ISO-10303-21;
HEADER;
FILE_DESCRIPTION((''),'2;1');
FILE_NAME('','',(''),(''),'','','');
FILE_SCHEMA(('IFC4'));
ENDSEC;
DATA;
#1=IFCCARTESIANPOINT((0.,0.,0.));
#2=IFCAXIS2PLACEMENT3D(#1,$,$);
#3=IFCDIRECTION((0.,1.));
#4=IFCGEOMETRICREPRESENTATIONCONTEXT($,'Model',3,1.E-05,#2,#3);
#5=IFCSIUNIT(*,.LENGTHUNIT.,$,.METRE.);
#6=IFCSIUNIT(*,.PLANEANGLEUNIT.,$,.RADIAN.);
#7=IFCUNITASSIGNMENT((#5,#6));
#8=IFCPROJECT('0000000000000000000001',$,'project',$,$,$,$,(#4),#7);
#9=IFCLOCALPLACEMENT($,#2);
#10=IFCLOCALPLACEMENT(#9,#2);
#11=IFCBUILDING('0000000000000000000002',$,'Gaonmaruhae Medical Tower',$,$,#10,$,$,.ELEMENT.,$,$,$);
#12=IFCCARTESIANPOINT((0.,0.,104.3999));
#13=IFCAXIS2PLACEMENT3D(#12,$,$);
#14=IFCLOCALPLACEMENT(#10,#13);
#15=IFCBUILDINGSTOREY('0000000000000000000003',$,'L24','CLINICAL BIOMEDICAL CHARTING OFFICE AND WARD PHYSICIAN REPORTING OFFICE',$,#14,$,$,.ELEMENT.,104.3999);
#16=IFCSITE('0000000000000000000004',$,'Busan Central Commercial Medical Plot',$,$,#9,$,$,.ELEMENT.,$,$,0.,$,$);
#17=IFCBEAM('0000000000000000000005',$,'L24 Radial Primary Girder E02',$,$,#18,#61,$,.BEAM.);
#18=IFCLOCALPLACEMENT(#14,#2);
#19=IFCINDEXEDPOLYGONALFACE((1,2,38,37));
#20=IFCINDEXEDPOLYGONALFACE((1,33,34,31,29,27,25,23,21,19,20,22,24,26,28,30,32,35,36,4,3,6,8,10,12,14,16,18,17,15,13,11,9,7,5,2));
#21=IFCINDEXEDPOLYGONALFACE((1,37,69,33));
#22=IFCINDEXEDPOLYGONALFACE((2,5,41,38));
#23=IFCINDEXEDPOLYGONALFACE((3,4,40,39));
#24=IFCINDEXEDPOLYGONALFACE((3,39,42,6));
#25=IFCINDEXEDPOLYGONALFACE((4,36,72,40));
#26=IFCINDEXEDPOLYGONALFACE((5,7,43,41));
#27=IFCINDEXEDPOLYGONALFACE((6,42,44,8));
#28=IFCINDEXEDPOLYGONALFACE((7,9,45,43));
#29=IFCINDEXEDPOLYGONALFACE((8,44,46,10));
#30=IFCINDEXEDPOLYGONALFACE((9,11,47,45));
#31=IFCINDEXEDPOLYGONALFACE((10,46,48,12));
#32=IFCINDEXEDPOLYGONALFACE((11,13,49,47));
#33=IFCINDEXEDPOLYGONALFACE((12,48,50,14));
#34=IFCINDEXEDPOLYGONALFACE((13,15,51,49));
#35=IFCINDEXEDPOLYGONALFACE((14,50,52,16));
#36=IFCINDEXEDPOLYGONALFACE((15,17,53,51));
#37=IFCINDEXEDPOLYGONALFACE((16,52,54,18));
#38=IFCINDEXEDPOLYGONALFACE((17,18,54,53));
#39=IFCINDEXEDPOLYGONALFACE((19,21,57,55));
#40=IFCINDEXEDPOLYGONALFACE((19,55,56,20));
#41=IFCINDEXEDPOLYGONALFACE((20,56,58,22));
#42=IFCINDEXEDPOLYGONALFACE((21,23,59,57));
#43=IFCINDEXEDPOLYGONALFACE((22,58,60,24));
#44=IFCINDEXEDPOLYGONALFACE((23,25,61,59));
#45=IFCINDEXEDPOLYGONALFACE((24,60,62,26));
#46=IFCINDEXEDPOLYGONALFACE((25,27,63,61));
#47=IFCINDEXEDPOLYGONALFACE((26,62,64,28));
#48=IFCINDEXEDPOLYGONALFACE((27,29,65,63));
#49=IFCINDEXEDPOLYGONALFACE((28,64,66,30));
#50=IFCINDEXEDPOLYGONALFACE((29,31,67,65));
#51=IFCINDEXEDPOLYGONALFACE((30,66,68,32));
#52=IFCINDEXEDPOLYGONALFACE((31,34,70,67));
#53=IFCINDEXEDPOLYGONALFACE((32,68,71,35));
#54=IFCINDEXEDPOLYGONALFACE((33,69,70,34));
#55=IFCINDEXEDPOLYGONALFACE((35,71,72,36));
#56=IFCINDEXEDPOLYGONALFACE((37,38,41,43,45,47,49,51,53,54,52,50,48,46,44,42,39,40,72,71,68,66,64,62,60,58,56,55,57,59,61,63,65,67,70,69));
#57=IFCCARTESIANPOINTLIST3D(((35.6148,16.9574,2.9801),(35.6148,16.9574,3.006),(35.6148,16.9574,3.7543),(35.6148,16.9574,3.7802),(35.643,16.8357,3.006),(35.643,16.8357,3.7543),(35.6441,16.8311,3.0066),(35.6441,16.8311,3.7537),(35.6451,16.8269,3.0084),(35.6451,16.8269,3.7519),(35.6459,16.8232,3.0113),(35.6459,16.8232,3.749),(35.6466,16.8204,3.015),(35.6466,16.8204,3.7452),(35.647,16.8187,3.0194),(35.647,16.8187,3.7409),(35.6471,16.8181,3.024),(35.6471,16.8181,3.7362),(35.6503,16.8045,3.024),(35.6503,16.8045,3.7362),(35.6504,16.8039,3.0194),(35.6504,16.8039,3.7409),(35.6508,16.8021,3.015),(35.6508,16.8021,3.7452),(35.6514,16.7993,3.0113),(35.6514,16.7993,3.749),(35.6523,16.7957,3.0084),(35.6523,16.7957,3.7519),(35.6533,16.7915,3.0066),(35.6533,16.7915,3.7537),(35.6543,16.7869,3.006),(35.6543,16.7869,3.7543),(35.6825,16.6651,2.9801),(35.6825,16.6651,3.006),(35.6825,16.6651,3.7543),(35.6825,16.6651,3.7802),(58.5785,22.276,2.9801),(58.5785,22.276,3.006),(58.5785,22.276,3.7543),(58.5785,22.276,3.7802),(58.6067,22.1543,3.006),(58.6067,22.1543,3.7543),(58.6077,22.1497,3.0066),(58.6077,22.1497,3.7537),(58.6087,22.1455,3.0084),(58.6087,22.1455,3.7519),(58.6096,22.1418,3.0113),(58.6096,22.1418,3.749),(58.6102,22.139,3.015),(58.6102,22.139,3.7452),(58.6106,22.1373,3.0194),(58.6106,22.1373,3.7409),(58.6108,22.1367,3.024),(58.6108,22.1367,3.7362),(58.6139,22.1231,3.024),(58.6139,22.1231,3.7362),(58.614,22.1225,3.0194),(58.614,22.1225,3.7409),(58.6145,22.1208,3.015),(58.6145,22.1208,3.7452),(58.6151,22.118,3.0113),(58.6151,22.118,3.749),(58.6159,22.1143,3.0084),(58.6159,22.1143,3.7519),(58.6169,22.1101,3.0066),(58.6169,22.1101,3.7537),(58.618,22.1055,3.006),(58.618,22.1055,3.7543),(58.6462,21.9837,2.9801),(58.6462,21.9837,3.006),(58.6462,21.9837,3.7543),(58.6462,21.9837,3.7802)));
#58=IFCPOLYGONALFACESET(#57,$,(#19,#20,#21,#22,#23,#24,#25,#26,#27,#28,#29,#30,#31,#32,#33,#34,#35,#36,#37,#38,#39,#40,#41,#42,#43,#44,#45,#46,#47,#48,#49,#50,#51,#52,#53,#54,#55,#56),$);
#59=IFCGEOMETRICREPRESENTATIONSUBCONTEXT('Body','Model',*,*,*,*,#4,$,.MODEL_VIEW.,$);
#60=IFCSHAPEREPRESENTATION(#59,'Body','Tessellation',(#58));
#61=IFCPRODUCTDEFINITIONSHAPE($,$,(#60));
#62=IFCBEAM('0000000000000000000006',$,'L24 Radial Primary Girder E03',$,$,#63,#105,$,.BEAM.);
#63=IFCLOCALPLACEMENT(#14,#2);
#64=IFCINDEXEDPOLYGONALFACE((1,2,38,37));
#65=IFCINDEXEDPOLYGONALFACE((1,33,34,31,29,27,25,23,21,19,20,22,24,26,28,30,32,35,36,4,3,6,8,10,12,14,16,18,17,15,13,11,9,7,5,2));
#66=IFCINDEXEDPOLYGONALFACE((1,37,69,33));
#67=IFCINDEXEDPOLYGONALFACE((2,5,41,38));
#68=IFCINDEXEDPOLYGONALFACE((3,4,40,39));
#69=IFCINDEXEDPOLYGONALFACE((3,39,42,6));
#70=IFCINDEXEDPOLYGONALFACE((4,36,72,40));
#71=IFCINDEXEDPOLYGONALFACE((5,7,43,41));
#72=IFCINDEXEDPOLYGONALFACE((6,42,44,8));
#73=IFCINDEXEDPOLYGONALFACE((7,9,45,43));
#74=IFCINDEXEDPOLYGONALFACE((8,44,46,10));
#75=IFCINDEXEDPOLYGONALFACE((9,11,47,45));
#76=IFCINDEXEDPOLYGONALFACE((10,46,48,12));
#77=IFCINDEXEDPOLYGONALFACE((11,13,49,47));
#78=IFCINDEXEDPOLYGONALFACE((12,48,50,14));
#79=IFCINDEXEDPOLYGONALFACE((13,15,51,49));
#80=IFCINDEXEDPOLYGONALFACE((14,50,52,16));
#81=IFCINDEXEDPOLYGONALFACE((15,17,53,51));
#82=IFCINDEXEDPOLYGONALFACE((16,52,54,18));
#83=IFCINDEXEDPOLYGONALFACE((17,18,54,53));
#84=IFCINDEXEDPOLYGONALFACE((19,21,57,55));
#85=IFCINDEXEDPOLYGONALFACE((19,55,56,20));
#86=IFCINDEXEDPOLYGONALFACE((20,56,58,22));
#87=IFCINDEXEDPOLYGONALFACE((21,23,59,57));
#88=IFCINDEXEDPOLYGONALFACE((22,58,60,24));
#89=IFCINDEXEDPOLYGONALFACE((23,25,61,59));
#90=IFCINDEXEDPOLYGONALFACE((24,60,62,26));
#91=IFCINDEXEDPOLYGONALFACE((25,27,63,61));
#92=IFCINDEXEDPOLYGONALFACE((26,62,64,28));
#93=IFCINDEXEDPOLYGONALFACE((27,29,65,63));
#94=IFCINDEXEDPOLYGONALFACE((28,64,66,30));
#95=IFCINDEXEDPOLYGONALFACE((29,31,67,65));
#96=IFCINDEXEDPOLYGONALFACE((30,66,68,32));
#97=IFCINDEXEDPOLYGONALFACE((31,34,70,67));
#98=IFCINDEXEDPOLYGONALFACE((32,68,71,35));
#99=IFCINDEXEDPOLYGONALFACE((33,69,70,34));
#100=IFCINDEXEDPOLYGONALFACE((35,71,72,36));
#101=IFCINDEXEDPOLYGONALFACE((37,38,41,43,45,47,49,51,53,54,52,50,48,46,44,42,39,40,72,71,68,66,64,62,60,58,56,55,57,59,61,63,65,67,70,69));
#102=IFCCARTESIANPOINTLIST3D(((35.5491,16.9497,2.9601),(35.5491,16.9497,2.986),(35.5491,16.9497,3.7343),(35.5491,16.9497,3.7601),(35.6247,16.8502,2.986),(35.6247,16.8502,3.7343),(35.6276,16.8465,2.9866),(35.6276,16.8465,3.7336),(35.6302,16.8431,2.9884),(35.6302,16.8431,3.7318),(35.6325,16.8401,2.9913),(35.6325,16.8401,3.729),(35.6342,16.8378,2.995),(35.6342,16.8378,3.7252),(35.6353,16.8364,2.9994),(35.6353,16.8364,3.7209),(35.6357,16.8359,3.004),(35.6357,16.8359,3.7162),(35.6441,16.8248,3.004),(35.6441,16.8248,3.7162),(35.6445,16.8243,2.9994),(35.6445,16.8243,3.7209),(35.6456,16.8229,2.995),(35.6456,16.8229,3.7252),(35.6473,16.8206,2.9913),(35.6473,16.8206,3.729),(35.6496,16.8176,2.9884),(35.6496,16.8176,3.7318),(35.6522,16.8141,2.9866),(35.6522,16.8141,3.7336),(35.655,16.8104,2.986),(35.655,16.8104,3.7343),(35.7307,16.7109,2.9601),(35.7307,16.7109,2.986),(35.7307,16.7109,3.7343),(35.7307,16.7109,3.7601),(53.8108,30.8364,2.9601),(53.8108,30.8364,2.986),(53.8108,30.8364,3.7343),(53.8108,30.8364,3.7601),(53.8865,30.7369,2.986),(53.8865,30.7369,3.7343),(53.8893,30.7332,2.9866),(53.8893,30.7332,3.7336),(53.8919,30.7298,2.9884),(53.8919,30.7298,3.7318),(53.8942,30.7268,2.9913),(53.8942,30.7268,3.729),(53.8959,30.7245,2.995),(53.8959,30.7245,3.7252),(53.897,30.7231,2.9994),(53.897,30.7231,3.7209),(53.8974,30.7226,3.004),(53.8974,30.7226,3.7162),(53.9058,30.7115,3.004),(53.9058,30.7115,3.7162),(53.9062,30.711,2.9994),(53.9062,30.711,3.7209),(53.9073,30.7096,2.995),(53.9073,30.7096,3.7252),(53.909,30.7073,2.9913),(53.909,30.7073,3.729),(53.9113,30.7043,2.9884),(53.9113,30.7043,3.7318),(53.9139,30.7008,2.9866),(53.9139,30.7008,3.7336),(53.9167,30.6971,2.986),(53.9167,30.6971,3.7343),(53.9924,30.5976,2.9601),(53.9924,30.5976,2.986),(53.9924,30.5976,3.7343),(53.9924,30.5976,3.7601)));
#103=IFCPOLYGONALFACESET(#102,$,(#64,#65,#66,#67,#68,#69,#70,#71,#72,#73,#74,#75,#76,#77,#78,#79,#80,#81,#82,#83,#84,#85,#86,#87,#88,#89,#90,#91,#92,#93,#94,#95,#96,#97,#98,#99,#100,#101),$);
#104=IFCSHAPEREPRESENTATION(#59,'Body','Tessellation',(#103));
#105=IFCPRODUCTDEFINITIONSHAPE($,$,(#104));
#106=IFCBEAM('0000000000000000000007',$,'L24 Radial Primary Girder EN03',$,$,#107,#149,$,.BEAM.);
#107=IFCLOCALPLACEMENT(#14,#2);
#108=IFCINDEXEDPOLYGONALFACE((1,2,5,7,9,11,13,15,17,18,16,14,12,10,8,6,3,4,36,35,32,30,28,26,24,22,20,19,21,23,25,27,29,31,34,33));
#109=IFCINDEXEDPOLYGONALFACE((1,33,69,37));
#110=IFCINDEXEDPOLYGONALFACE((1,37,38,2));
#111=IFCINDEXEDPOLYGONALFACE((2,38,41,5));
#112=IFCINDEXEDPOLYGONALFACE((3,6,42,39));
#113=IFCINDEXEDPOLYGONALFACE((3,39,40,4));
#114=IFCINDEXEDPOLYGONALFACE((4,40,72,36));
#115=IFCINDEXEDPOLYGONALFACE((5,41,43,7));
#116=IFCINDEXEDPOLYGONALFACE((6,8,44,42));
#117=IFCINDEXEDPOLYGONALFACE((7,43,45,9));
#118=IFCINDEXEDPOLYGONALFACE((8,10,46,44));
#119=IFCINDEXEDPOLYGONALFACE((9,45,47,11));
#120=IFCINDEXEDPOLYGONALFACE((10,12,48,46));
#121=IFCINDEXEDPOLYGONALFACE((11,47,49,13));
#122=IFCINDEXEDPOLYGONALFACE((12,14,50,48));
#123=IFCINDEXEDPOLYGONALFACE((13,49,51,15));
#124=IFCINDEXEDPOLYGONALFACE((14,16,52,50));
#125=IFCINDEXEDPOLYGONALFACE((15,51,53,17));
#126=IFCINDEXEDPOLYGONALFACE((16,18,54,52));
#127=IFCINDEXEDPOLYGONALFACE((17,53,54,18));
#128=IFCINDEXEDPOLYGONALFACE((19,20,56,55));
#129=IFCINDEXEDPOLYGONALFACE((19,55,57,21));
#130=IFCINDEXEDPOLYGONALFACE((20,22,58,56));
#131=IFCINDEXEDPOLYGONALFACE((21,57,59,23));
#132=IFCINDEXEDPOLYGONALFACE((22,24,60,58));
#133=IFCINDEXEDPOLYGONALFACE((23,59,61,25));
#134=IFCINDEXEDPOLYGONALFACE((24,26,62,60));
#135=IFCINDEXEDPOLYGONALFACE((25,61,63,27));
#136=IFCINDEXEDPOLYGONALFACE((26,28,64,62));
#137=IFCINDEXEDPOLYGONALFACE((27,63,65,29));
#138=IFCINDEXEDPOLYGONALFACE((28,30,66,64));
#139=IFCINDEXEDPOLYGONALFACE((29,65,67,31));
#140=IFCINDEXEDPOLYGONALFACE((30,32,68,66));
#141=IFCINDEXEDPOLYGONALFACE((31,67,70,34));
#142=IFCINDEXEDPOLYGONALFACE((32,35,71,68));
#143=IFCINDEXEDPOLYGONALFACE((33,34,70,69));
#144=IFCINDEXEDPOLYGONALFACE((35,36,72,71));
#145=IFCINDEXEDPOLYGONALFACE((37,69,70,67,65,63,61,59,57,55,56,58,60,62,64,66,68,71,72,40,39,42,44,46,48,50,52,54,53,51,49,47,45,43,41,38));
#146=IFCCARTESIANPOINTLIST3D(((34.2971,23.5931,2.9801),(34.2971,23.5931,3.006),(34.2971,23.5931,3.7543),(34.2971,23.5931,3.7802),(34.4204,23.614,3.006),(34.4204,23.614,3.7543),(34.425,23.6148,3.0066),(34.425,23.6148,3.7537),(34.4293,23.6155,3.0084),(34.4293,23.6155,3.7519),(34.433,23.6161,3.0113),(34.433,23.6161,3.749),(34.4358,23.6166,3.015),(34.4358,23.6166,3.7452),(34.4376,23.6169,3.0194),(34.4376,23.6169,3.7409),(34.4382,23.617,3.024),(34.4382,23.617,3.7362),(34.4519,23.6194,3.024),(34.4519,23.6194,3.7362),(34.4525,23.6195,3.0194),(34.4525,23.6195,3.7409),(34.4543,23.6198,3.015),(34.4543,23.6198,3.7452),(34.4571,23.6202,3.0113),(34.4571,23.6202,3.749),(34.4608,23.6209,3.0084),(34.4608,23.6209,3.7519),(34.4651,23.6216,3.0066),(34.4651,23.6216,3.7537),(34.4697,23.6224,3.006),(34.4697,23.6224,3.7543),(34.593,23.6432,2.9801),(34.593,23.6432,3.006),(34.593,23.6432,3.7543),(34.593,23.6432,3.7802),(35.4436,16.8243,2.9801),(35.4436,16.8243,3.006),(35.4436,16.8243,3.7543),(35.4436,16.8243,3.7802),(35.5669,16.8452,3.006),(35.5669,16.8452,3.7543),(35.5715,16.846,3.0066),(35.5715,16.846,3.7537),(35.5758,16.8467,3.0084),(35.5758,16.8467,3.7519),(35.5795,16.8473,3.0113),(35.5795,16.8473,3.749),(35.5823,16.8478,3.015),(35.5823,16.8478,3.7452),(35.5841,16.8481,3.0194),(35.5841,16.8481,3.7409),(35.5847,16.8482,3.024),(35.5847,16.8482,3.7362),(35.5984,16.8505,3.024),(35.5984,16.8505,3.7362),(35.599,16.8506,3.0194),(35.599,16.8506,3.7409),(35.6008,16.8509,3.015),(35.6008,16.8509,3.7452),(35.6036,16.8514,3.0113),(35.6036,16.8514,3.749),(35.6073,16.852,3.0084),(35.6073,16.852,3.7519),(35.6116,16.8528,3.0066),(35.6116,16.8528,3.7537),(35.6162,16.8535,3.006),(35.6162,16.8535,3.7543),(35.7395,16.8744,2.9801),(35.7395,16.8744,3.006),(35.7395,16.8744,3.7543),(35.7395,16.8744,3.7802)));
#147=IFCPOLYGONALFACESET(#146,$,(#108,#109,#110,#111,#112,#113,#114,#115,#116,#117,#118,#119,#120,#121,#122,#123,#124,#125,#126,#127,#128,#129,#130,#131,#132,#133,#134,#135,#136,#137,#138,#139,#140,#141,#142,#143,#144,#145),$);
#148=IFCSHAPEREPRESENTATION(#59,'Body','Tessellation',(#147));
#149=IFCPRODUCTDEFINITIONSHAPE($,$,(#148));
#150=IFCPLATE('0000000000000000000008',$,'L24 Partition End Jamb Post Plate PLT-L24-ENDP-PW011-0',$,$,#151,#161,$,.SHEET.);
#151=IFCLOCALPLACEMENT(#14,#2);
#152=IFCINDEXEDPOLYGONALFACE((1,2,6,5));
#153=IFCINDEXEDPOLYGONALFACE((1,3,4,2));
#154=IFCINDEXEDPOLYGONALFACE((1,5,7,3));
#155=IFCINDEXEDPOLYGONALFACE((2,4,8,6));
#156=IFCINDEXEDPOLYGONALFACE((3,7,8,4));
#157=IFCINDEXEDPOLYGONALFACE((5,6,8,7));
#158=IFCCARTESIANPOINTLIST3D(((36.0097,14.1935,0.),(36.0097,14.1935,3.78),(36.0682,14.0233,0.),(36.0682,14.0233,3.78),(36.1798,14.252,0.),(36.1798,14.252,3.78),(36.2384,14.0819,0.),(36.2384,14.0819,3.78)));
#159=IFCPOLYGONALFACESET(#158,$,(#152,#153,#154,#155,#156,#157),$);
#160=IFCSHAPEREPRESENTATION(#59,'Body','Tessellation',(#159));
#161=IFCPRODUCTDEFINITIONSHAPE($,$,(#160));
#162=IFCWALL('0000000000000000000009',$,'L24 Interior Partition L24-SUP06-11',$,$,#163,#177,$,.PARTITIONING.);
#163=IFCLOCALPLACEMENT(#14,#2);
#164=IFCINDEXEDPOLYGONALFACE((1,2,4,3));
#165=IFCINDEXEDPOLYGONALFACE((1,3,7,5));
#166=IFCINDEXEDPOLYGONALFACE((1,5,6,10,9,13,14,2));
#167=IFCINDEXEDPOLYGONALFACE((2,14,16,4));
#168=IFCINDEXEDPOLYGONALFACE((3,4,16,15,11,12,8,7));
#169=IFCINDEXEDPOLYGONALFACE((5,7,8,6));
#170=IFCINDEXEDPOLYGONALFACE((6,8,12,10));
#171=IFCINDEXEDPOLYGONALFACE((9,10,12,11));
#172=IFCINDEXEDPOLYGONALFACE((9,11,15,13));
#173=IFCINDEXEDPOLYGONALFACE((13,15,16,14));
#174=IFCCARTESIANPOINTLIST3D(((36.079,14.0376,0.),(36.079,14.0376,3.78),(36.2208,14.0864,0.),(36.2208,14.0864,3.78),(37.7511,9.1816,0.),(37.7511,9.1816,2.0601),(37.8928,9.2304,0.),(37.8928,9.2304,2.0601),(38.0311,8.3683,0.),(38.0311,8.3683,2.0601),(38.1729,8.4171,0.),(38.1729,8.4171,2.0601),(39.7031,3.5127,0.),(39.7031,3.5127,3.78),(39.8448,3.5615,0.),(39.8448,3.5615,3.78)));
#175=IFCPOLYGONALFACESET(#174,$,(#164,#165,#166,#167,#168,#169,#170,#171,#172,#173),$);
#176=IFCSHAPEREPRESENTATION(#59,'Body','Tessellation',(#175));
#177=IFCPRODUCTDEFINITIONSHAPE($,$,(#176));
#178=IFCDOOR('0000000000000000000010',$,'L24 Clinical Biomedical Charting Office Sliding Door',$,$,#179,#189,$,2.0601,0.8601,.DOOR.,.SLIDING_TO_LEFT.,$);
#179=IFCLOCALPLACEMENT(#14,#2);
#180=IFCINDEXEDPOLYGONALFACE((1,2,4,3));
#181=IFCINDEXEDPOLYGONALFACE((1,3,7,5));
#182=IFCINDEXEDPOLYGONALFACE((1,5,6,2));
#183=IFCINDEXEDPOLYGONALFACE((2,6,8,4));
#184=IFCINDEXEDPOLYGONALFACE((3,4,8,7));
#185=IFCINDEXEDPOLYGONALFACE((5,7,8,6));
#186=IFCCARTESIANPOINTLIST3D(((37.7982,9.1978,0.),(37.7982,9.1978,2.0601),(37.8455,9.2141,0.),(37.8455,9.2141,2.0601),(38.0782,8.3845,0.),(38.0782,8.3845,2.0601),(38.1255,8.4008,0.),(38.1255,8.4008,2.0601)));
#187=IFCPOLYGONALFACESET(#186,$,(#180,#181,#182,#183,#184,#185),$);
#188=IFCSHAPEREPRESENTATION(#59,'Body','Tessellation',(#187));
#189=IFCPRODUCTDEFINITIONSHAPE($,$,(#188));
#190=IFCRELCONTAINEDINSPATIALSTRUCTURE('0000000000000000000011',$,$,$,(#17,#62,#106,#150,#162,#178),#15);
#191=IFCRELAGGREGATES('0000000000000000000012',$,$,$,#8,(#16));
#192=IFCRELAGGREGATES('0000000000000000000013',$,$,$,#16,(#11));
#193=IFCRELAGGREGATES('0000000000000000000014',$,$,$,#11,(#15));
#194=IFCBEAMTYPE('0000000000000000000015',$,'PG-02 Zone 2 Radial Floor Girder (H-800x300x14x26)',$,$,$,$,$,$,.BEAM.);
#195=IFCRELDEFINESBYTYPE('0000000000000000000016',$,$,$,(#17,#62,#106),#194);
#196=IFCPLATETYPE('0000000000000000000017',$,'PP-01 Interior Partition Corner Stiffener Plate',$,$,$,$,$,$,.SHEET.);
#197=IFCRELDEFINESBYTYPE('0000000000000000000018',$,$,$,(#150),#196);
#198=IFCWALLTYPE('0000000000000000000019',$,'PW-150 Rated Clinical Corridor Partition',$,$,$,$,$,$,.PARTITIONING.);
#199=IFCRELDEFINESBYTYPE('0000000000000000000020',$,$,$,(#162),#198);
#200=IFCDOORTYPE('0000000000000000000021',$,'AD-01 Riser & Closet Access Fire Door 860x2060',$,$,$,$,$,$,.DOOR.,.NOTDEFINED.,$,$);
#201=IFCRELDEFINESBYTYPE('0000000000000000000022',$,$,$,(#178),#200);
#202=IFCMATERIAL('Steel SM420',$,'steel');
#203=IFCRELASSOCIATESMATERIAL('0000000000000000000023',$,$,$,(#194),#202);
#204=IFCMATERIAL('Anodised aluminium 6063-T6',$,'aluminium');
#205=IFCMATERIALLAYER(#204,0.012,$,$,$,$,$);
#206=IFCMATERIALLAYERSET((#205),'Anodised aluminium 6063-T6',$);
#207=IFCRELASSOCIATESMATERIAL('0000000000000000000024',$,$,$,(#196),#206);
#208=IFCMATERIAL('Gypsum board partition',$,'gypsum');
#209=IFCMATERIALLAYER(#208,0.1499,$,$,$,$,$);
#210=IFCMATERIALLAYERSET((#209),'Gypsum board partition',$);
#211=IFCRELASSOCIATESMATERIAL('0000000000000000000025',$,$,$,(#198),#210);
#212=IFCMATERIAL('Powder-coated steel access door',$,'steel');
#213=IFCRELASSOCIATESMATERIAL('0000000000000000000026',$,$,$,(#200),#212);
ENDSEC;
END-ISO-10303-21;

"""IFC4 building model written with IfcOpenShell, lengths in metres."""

from ifc_helpers import new_model, si_unit, direction, frame, frame_2d, origin, origin_2d, place, context, subcontext, project, spatial, rectangle, i_section, extrude, material, layer, layer_set, material_profile, profile_set, type_object, element, fill, save


model = new_model("IFC4")

# Units and contexts
model_context = context("Model", 3, precision=1e-05, world=origin(), true_north=direction((0.0, 1.0)))
body_context = subcontext(model_context, "Body", "Model", "MODEL_VIEW")
ifc_project = project(units=[si_unit("LENGTHUNIT", "METRE"), si_unit("PLANEANGLEUNIT", "RADIAN")], contexts=[model_context])

# Site, building, storey
site_placement = place(None, origin())
site = spatial("IfcSite", under=ifc_project, at=site_placement, Name="Busan Central Commercial Medical Plot", CompositionType="ELEMENT", RefElevation=0.0)
building_placement = place(site_placement, origin())
building = spatial("IfcBuilding", under=site, at=building_placement, Name="Gaonmaruhae Medical Tower", CompositionType="ELEMENT")
storey_placement = place(building_placement, frame((0.0, 0.0, 104.3999)))
storey = spatial("IfcBuildingStorey", under=building, at=storey_placement, Name="L24", Description="CLINICAL BIOMEDICAL CHARTING OFFICE AND WARD PHYSICIAN REPORTING OFFICE", CompositionType="ELEMENT", Elevation=104.3999)

# Beams
ifc_material_1 = material(Name="Steel SM420", Category="steel")
ifc_material_profile_1 = material_profile(ifc_material_1, i_section(OverallWidth=0.3, OverallDepth=0.8, WebThickness=0.0139, FlangeThickness=0.0259, FilletRadius=0.0181, at=origin_2d()), Name="H-800x300x14x26")
ifc_profile_set_1 = profile_set([ifc_material_profile_1], Name="Steel SM420")
beam_type_1 = type_object("IfcBeamType", Name="PG-02 Zone 2 Radial Floor Girder (H-800x300x14x26)", PredefinedType="BEAM", material=ifc_profile_set_1)
beam_1_placement = place(storey_placement, frame((35.6487, 16.8113, 3.3801), z_axis=(0.974211, 0.225637, 0.0), x_axis=(-0.225637, 0.974211, 0.0)))
element("IfcBeam", 1, at=beam_1_placement, inside=storey, type_object=beam_type_1, Name="L24 Radial Primary Girder E02", PredefinedType="BEAM", context=body_context, shape_type="SweptSolid", body=[
    extrude(i_section(OverallWidth=0.3, OverallDepth=0.8, WebThickness=0.0139, FlangeThickness=0.0259, FilletRadius=0.0181, at=origin_2d()), origin(), (0.0, 0.0, 1.0), 23.5715),
])
beam_2_placement = place(storey_placement, frame((35.6399, 16.8303, 3.3601), z_axis=(0.795998, 0.605299, 0.0), x_axis=(-0.605299, 0.795998, 0.0)))
element("IfcBeam", 2, at=beam_2_placement, inside=storey, type_object=beam_type_1, Name="L24 Radial Primary Girder E03", PredefinedType="BEAM", context=body_context, shape_type="SweptSolid", body=[
    extrude(i_section(OverallWidth=0.3, OverallDepth=0.8, WebThickness=0.0139, FlangeThickness=0.0259, FilletRadius=0.0181, at=origin_2d()), origin(), (0.0, 0.0, 1.0), 22.9419),
])
beam_3_placement = place(storey_placement, frame((35.5916, 16.8494, 3.3801), z_axis=(-0.166999, 0.985957, 0.0), x_axis=(-0.985957, -0.166999, 0.0)))
element("IfcBeam", 3, at=beam_3_placement, inside=storey, type_object=beam_type_1, Name="L24 Radial Primary Girder EN03", PredefinedType="BEAM", context=body_context, shape_type="SweptSolid", body=[
    extrude(i_section(OverallWidth=0.3, OverallDepth=0.8, WebThickness=0.0139, FlangeThickness=0.0259, FilletRadius=0.0181, at=origin_2d()), origin(), (0.0, 0.0, 1.0), 6.8652),
])

# Plate
ifc_material_2 = material(Name="Anodised aluminium 6063-T6", Category="aluminium")
ifc_layer_1 = layer(ifc_material_2, 0.012)
ifc_layer_set_1 = layer_set([ifc_layer_1], Name="Anodised aluminium 6063-T6")
plate_type = type_object("IfcPlateType", Name="PP-01 Interior Partition Corner Stiffener Plate", PredefinedType="SHEET", material=ifc_layer_set_1)
plate_placement = place(storey_placement, frame((36.124, 14.1377, 0.0), z_axis=(0.0, 0.0, 1.0), x_axis=(0.325568, -0.945519, 0.0)))
element("IfcPlate", 4, at=plate_placement, inside=storey, type_object=plate_type, Name="L24 Partition End Jamb Post Plate PLT-L24-ENDP-PW011-0", PredefinedType="SHEET", context=body_context, shape_type="SweptSolid", body=[
    extrude(rectangle(XDim=0.1799, YDim=0.1799, at=origin_2d()), origin(), (0.0, 0.0, 1.0), 3.78),
])

# Wall, opening, door
ifc_material_3 = material(Name="Gypsum board partition", Category="gypsum")
ifc_layer_2 = layer(ifc_material_3, 0.1499)
ifc_layer_set_2 = layer_set([ifc_layer_2], Name="Gypsum board partition")
wall_type_1 = type_object("IfcWallType", Name="PW-150 Rated Clinical Corridor Partition", PredefinedType="PARTITIONING", material=ifc_layer_set_2)
wall_1_placement = place(storey_placement, frame((36.1499, 14.062, 0.0), z_axis=(0.0, 0.0, 1.0), x_axis=(0.325569, -0.945518, 0.0)))
wall_1 = element("IfcWall", 5, at=wall_1_placement, inside=storey, type_object=wall_type_1, Name="L24 Interior Partition L24-SUP06-11", PredefinedType="PARTITIONING", context=body_context, shape_type="SweptSolid", body=[
    extrude(rectangle(XDim=11.1313, YDim=0.1499, at=frame_2d((5.5657, 0.0))), origin(), (0.0, 0.0, 1.0), 3.78),
])
opening_1_placement = place(wall_1_placement, frame((5.1357, 0.0, 0.0)))
opening_1 = element("IfcOpeningElement", 6, at=opening_1_placement, cuts=wall_1, PredefinedType="OPENING", context=body_context, shape_type="SweptSolid", body=[
    extrude(rectangle(XDim=0.8601, YDim=2.0601, at=frame_2d((0.4302, 1.03))), frame((0.0, 0.085, 0.0), z_axis=(0.0, -1.0, 0.0), x_axis=(1.0, 0.0, 0.0)), (0.0, 0.0, 1.0), 0.1699),
])
ifc_material_4 = material(Name="Powder-coated steel access door", Category="steel")
door_type_1 = type_object("IfcDoorType", Name="AD-01 Riser & Closet Access Fire Door 860x2060", OperationType="NOTDEFINED", PredefinedType="DOOR", material=ifc_material_4)
door_1_placement = place(opening_1_placement, origin())
door_1 = element("IfcDoor", 7, at=door_1_placement, inside=storey, type_object=door_type_1, Name="L24 Clinical Biomedical Charting Office Sliding Door", OperationType="SLIDING_TO_LEFT", OverallHeight=2.0601, OverallWidth=0.8601, PredefinedType="DOOR", context=body_context, shape_type="SweptSolid", body=[
    extrude(rectangle(XDim=0.8601, YDim=2.0601, at=frame_2d((0.4302, 1.03))), frame((0.0, 0.0249, 0.0), z_axis=(0.0, -1.0, 0.0), x_axis=(1.0, 0.0, 0.0)), (0.0, 0.0, 1.0), 0.05),
])
fill(opening_1, door_1)

save(model, "model.ifc")
